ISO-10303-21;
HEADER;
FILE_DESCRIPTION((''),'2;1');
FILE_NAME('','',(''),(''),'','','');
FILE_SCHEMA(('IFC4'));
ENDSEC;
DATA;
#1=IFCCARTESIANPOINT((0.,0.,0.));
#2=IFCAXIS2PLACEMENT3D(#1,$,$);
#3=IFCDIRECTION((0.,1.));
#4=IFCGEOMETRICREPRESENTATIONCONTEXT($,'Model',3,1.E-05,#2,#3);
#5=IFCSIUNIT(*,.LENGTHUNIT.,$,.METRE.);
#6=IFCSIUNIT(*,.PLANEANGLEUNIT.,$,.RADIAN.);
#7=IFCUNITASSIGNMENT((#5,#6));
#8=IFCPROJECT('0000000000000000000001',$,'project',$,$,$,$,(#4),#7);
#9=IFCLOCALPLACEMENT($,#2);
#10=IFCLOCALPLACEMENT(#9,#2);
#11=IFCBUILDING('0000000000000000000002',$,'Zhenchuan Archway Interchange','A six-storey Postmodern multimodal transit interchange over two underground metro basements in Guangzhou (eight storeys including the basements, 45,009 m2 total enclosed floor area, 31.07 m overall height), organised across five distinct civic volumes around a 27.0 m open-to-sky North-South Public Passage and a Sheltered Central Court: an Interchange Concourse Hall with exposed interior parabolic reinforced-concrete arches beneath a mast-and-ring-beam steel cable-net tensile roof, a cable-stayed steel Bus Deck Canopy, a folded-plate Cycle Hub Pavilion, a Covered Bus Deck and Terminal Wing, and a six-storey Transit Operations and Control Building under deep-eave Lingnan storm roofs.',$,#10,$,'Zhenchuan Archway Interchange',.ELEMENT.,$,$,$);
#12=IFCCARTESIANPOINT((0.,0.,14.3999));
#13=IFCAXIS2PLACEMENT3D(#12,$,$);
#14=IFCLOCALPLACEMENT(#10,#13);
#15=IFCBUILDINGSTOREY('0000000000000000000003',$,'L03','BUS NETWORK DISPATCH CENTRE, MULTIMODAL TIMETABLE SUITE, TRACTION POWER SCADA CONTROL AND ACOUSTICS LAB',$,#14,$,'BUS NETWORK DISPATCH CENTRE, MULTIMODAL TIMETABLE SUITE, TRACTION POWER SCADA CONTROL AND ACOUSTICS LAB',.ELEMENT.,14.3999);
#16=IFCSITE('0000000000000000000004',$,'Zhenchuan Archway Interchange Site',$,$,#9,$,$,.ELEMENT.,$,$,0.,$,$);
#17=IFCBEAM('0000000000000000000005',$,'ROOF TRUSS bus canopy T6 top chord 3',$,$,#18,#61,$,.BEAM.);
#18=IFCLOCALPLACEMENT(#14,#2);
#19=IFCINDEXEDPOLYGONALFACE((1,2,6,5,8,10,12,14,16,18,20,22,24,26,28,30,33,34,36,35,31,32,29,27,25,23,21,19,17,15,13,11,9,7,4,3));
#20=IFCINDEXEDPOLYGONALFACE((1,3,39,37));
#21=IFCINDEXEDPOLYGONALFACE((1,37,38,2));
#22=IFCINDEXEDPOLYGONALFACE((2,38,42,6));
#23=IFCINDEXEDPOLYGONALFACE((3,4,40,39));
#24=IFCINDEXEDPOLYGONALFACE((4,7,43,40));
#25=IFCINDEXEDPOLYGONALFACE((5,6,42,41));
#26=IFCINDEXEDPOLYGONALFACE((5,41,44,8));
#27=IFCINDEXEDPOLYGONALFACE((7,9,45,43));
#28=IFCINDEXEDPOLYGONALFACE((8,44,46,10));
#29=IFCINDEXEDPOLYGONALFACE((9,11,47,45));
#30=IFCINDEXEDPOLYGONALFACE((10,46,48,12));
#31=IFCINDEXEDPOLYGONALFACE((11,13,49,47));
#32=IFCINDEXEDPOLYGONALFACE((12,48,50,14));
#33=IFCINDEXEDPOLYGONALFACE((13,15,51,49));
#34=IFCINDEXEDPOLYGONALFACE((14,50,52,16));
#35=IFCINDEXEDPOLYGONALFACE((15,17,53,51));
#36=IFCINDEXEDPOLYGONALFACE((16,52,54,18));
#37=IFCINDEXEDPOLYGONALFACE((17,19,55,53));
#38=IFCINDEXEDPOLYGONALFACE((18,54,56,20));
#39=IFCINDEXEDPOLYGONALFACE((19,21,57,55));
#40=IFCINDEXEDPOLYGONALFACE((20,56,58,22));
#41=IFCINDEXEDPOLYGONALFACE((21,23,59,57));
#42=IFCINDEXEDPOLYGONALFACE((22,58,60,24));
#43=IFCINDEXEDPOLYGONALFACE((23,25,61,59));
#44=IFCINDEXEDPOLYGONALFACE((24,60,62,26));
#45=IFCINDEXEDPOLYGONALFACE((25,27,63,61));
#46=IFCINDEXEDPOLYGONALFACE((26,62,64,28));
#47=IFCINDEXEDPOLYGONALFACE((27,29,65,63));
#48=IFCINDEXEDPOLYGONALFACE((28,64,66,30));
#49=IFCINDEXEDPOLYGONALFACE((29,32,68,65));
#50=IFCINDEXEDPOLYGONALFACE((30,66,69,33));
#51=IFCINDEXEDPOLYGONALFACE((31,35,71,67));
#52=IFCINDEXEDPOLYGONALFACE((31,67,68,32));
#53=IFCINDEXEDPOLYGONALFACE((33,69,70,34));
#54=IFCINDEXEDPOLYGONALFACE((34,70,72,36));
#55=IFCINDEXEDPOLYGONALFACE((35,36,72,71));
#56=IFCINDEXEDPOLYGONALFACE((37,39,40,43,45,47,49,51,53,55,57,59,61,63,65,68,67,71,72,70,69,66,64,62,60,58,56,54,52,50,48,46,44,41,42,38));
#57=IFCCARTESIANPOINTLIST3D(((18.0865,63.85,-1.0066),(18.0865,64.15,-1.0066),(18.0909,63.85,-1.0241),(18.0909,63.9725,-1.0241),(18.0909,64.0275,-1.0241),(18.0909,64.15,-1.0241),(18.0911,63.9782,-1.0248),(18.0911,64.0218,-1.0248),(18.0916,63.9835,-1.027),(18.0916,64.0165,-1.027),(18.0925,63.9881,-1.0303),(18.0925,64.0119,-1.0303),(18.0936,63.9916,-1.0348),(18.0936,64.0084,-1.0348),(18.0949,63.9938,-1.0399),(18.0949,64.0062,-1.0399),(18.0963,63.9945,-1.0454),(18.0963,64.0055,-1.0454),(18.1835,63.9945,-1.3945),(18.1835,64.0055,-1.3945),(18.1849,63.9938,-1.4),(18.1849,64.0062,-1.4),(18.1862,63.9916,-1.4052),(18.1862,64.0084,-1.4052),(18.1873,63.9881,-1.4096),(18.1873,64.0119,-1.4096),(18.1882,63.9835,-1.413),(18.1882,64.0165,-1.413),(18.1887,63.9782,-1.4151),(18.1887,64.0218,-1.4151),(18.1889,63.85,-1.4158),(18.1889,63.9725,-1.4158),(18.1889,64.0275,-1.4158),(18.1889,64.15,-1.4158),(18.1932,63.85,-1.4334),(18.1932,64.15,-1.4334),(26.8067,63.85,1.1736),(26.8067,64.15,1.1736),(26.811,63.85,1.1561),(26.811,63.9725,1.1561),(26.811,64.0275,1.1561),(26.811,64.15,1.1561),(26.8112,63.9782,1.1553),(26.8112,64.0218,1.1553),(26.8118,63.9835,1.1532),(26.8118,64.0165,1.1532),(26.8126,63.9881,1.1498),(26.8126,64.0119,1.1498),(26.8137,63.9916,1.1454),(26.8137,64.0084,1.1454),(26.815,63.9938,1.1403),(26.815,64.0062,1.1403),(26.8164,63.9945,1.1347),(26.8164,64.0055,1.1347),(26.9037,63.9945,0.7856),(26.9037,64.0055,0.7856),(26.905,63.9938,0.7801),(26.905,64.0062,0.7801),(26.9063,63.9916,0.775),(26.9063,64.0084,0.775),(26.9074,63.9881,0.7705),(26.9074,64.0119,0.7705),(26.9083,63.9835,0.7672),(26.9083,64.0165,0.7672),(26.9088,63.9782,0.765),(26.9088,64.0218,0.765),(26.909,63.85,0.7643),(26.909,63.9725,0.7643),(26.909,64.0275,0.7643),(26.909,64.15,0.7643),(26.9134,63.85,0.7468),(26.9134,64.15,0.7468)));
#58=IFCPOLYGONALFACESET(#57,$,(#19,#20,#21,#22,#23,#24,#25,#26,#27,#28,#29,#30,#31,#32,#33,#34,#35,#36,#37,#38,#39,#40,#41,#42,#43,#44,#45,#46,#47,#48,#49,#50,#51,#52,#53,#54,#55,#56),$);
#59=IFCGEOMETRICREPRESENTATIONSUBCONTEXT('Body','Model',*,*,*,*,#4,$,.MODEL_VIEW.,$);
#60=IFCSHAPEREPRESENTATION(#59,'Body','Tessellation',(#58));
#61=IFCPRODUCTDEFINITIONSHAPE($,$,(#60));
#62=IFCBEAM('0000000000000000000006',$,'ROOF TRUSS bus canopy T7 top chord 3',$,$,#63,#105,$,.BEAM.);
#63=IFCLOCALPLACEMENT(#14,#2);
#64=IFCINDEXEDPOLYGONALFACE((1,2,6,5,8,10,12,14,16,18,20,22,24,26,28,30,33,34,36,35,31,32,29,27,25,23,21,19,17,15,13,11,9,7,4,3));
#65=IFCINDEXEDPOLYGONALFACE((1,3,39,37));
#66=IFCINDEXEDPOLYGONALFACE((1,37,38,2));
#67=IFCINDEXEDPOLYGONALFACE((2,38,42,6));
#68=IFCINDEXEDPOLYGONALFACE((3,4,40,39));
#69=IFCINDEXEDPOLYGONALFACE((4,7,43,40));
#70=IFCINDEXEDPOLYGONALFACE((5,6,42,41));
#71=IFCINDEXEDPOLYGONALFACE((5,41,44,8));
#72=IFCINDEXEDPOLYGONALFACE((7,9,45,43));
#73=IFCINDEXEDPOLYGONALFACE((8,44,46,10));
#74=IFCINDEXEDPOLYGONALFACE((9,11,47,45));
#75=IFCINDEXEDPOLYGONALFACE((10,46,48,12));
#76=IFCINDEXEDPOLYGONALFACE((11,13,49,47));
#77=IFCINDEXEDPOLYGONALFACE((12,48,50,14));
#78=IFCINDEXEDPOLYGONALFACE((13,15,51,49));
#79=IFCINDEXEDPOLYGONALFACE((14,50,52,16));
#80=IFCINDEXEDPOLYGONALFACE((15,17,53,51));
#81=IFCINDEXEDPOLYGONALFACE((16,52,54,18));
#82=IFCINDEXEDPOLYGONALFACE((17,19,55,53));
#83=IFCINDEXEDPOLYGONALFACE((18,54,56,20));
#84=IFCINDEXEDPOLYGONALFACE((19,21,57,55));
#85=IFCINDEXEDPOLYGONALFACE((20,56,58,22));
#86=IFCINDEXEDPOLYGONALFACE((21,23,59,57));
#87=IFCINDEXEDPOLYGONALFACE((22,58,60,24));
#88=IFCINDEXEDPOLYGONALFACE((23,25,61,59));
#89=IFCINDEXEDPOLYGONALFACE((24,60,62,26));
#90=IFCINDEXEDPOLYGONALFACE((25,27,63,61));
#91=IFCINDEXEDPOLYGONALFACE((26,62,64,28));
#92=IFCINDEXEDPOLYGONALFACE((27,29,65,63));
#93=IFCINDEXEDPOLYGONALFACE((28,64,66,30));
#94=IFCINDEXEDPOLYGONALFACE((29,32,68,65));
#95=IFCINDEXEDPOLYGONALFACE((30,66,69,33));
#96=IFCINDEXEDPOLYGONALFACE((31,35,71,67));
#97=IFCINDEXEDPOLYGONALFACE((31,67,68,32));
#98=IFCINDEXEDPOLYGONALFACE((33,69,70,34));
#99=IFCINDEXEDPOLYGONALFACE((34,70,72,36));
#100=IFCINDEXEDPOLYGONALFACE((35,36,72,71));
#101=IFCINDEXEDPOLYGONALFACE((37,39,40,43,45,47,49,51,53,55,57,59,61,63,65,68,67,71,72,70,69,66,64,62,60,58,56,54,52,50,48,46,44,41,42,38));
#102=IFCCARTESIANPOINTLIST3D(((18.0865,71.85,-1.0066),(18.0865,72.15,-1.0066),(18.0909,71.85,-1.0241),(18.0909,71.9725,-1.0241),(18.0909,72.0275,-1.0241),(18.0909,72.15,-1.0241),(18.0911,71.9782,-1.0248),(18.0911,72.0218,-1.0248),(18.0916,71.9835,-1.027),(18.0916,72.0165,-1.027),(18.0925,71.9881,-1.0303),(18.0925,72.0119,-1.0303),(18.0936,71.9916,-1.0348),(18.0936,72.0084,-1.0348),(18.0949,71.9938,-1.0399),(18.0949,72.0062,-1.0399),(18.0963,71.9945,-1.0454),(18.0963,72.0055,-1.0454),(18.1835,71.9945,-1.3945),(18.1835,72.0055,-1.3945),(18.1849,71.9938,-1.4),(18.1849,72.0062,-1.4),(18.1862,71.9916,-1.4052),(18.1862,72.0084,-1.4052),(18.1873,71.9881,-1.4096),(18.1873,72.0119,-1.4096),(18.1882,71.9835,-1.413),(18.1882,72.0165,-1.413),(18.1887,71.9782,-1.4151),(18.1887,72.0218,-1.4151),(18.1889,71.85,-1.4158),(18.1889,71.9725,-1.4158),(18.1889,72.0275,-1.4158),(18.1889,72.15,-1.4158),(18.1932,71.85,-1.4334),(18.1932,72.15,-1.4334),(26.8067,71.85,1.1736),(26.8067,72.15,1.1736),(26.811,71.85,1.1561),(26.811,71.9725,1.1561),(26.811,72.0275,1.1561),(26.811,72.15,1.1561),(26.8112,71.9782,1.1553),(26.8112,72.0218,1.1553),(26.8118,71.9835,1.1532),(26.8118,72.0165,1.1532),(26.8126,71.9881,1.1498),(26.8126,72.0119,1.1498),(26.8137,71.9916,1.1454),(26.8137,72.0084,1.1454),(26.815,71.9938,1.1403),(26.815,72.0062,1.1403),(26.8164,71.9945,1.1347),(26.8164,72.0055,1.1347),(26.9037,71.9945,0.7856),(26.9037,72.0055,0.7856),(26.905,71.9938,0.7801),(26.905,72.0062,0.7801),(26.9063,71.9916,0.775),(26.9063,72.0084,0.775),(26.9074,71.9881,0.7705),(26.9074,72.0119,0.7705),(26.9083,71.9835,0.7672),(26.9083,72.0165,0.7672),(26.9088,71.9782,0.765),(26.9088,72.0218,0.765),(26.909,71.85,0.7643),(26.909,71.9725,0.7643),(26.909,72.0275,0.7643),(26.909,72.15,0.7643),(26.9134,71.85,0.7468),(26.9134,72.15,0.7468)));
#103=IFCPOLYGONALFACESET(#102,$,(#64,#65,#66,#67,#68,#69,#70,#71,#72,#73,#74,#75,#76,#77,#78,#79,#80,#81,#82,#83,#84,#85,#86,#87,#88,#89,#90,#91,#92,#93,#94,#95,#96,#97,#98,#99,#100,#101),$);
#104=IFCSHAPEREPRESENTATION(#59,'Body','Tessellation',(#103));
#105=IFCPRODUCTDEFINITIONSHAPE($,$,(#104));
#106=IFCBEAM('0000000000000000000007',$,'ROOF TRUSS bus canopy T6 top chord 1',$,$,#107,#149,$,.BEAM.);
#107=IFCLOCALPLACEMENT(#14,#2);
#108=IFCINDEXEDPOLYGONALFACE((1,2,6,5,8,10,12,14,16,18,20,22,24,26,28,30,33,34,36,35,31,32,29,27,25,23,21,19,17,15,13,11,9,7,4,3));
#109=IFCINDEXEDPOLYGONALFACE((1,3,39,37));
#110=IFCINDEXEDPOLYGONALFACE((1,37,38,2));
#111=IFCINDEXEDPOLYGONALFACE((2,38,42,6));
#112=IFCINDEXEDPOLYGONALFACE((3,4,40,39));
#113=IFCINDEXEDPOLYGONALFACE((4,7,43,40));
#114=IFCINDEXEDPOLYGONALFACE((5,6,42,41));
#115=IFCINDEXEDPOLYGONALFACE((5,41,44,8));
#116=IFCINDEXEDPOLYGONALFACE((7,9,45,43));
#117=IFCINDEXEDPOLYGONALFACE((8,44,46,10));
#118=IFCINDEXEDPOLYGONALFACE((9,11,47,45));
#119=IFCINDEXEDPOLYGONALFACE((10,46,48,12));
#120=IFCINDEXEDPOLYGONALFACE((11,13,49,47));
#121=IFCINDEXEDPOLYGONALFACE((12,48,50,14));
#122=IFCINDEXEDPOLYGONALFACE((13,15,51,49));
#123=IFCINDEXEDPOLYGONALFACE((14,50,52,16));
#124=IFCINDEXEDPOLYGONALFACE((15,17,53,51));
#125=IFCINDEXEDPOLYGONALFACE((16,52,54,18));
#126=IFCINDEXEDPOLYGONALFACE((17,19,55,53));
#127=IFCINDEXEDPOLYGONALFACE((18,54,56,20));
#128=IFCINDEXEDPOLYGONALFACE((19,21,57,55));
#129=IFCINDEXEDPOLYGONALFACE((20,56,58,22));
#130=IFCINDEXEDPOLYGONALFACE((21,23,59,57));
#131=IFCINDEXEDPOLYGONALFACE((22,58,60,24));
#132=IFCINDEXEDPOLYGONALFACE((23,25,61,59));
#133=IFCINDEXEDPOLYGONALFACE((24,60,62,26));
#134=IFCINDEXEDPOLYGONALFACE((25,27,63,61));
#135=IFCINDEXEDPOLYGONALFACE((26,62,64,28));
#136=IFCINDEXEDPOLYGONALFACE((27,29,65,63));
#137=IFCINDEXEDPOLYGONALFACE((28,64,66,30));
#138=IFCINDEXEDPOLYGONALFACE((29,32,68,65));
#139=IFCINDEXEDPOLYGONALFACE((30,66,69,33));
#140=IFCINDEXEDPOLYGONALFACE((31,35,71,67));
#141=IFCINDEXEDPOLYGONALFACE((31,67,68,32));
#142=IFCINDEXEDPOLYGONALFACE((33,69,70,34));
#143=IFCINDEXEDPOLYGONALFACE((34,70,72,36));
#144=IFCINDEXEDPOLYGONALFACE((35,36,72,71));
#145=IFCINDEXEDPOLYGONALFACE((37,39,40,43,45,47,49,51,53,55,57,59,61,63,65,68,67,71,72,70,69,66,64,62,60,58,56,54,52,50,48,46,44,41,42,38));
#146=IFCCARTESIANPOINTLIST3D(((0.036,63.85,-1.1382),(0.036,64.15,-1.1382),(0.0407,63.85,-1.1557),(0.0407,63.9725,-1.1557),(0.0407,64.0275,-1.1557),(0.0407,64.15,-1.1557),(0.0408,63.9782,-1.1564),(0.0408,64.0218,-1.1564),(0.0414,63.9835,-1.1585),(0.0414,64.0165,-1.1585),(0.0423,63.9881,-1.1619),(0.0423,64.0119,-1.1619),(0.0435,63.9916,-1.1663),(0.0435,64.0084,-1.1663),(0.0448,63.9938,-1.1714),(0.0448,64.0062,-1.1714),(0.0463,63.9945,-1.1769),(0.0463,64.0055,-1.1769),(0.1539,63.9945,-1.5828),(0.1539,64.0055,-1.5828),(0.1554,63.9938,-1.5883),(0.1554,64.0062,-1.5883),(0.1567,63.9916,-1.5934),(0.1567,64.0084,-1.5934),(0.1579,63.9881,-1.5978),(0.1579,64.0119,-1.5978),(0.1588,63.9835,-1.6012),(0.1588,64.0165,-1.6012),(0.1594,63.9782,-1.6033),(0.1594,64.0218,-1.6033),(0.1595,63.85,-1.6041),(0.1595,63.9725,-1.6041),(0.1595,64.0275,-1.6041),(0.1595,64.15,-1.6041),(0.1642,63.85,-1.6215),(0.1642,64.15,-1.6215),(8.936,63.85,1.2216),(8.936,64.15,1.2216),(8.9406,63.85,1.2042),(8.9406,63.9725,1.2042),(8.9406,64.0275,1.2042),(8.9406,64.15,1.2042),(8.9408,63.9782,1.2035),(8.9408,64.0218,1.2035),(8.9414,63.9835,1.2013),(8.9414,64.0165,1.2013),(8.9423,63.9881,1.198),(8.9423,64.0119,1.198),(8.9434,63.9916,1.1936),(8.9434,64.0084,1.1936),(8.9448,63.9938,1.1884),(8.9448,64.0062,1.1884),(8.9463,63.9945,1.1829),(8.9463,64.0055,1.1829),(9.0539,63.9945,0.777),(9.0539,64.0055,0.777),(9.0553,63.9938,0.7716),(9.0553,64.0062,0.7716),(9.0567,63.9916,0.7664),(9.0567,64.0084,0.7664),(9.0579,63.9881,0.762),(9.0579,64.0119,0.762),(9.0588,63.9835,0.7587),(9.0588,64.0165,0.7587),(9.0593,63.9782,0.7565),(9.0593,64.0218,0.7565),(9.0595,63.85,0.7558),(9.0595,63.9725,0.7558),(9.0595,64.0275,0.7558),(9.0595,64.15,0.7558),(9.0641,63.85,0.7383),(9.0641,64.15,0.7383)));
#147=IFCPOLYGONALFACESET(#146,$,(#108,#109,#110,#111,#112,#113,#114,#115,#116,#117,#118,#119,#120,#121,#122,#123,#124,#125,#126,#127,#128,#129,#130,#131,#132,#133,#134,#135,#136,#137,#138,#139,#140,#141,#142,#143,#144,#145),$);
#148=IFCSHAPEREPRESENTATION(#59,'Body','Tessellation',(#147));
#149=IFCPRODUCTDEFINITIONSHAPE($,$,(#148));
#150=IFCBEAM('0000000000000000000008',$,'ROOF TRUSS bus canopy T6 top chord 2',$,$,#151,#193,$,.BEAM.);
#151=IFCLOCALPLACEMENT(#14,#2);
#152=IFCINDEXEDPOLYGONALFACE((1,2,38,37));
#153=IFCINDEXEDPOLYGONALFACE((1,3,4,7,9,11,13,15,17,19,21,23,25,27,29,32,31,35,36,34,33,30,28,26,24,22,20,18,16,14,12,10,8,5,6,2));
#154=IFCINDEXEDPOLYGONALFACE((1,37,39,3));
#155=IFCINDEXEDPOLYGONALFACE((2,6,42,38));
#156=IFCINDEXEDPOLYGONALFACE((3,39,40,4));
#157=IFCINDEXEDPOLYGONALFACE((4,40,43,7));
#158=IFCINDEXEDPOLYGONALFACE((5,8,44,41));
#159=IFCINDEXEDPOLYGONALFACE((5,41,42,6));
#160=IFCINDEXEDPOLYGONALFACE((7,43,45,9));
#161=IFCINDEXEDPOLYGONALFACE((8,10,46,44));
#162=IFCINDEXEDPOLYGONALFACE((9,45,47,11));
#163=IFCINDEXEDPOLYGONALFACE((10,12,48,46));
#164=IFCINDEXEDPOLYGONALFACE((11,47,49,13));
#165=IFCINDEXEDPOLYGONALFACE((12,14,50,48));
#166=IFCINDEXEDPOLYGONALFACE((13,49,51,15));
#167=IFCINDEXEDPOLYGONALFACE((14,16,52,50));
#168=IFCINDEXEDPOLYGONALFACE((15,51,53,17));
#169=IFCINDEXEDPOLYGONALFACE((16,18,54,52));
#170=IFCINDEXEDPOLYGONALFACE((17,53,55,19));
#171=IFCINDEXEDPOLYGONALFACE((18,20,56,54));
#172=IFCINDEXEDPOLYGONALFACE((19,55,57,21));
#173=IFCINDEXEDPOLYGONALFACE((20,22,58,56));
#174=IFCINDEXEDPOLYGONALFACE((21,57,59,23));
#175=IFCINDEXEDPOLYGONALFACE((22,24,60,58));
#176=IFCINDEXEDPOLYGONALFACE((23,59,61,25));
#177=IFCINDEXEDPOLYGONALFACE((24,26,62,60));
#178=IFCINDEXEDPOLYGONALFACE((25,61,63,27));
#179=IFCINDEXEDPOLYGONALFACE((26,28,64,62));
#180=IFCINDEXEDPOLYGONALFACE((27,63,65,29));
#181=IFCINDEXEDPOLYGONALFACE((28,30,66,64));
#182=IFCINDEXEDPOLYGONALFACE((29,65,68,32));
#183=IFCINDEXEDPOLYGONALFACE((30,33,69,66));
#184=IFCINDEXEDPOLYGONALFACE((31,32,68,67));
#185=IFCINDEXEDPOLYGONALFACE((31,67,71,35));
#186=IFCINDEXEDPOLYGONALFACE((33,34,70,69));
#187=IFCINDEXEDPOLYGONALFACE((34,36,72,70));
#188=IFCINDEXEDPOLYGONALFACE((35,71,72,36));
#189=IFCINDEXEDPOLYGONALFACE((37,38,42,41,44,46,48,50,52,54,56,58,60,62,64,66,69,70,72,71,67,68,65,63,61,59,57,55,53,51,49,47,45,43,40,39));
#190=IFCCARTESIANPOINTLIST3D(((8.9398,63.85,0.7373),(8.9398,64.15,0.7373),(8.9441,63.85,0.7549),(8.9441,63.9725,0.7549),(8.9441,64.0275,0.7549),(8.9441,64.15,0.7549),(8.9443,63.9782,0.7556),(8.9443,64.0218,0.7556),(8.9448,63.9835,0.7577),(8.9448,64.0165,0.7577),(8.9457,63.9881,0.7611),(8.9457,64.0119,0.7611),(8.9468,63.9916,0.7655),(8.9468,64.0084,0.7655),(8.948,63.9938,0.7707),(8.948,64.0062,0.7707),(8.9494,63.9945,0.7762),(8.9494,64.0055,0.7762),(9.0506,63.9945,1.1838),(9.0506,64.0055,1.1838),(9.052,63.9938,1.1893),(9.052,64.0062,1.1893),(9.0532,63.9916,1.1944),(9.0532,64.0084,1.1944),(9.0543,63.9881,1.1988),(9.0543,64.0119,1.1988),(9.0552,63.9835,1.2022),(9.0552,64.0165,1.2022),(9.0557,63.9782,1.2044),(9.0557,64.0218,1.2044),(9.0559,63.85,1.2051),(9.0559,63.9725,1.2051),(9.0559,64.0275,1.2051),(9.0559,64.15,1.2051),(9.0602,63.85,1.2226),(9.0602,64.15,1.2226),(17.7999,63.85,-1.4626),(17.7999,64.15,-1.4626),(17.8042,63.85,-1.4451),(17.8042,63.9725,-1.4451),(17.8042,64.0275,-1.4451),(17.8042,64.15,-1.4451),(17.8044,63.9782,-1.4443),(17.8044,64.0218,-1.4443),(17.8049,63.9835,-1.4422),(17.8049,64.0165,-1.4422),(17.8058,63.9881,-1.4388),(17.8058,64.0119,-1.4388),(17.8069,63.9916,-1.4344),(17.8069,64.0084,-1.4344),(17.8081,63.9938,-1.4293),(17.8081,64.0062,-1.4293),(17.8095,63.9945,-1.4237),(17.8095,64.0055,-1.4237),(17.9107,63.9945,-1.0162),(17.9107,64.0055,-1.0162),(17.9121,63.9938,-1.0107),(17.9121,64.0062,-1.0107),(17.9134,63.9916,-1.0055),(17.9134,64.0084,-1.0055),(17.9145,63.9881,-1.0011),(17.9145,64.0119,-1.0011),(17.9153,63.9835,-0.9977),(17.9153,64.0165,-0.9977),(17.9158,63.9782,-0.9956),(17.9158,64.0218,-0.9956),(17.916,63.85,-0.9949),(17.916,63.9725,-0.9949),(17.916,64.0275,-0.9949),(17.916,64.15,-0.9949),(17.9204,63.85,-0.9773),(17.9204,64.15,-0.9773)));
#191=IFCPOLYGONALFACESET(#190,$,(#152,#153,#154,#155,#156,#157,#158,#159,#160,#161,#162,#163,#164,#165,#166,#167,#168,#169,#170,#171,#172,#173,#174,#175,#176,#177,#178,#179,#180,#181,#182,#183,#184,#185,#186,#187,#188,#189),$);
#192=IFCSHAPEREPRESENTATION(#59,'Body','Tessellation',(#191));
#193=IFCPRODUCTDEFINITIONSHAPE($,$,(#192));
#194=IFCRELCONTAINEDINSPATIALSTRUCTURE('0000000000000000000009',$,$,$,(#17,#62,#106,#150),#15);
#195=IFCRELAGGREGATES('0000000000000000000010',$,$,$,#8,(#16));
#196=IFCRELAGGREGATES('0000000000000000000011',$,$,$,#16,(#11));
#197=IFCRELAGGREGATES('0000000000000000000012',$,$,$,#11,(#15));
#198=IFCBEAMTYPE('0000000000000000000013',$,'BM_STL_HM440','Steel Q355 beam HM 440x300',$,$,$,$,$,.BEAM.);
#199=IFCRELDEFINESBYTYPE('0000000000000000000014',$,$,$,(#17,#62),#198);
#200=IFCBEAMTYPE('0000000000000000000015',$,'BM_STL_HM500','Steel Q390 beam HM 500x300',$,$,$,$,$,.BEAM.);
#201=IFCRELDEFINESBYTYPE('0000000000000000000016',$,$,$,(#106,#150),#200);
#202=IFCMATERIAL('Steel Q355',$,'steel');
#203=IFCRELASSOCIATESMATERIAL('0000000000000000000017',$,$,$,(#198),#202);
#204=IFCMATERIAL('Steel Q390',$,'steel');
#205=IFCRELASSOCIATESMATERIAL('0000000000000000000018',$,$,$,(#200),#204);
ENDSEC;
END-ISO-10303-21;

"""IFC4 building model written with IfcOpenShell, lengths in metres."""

from ifc_helpers import new_model, si_unit, direction, frame, origin, origin_2d, place, context, subcontext, project, spatial, i_section, extrude, material, material_profile, profile_set, type_object, element, save


model = new_model("IFC4")

# Units and contexts
model_context = context("Model", 3, precision=1e-05, world=origin(), true_north=direction((0.0, 1.0)))
body_context = subcontext(model_context, "Body", "Model", "MODEL_VIEW")
ifc_project = project(units=[si_unit("LENGTHUNIT", "METRE"), si_unit("PLANEANGLEUNIT", "RADIAN")], contexts=[model_context])

# Site, building, storey
site_placement = place(None, origin())
site = spatial("IfcSite", under=ifc_project, at=site_placement, Name="Zhenchuan Archway Interchange Site", CompositionType="ELEMENT", RefElevation=0.0)
building_placement = place(site_placement, origin())
building = spatial("IfcBuilding", under=site, at=building_placement, Name="Zhenchuan Archway Interchange", Description="A six-storey Postmodern multimodal transit interchange over two underground metro basements in Guangzhou (eight storeys including the basements, 45,009 m2 total enclosed floor area, 31.07 m overall height), organised across five distinct civic volumes around a 27.0 m open-to-sky North-South Public Passage and a Sheltered Central Court: an Interchange Concourse Hall with exposed interior parabolic reinforced-concrete arches beneath a mast-and-ring-beam steel cable-net tensile roof, a cable-stayed steel Bus Deck Canopy, a folded-plate Cycle Hub Pavilion, a Covered Bus Deck and Terminal Wing, and a six-storey Transit Operations and Control Building under deep-eave Lingnan storm roofs.", LongName="Zhenchuan Archway Interchange", CompositionType="ELEMENT")
storey_placement = place(building_placement, frame((0.0, 0.0, 14.3999)))
storey = spatial("IfcBuildingStorey", under=building, at=storey_placement, Name="L03", Description="BUS NETWORK DISPATCH CENTRE, MULTIMODAL TIMETABLE SUITE, TRACTION POWER SCADA CONTROL AND ACOUSTICS LAB", LongName="BUS NETWORK DISPATCH CENTRE, MULTIMODAL TIMETABLE SUITE, TRACTION POWER SCADA CONTROL AND ACOUSTICS LAB", CompositionType="ELEMENT", Elevation=14.3999)

# Shared definitions
ifc_material_1 = material(Name="Steel Q390", Category="steel")

# Beams
ifc_material_2 = material(Name="Steel Q355", Category="steel")
ifc_material_profile_1 = material_profile(ifc_material_2, i_section(OverallWidth=0.3, OverallDepth=0.4399, WebThickness=0.011, FlangeThickness=0.0181, FilletRadius=0.022, at=origin_2d()), Name="HM 440x300")
ifc_profile_set_1 = profile_set([ifc_material_profile_1], Name="Steel Q355")
beam_type_1 = type_object("IfcBeamType", Name="BM_STL_HM440", Description="Steel Q355 beam HM 440x300", PredefinedType="BEAM", material=ifc_profile_set_1)
for number, where, z_axis, x_axis, name in (
    (1, (18.1399, 64.0, -1.22), (0.970139, 0.0, 0.242548), (0.0, 1.0, 0.0), "ROOF TRUSS bus canopy T6 top chord 3"),
    (2, (18.1399, 72.0, -1.22), (0.970139, 0.0, 0.242548), (0.0, 1.0, 0.0), "ROOF TRUSS bus canopy T7 top chord 3"),
):
    element("IfcBeam", number, at=place(storey_placement, frame(where, z_axis=z_axis, x_axis=x_axis)), inside=storey, type_object=beam_type_1, Name=name, PredefinedType="BEAM", context=body_context, shape_type="SweptSolid", body=[
        extrude(i_section(OverallWidth=0.3, OverallDepth=0.4399, WebThickness=0.011, FlangeThickness=0.0181, FilletRadius=0.022, at=origin_2d()), origin(), (0.0, 0.0, 1.0), 8.9885),
    ])
ifc_material_profile_2 = material_profile(ifc_material_1, i_section(OverallWidth=0.3, OverallDepth=0.5, WebThickness=0.011, FlangeThickness=0.0181, FilletRadius=0.022, at=origin_2d()), Name="HM 500x300")
ifc_profile_set_2 = profile_set([ifc_material_profile_2], Name="Steel Q390")
beam_type_2 = type_object("IfcBeamType", Name="BM_STL_HM500", Description="Steel Q390 beam HM 500x300", PredefinedType="BEAM", material=ifc_profile_set_2)
beam_1_placement = place(storey_placement, frame((0.1001, 64.0, -1.3799), z_axis=(0.966597, 0.0, 0.256299), x_axis=(0.0, 1.0, 0.0)))
element("IfcBeam", 3, at=beam_1_placement, inside=storey, type_object=beam_type_2, Name="ROOF TRUSS bus canopy T6 top chord 1", PredefinedType="BEAM", context=body_context, shape_type="SweptSolid", body=[
    extrude(i_section(OverallWidth=0.3, OverallDepth=0.5, WebThickness=0.011, FlangeThickness=0.0181, FilletRadius=0.022, at=origin_2d()), origin(), (0.0, 0.0, 1.0), 9.2075),
])
beam_2_placement = place(storey_placement, frame((9.0, 64.0, 0.98), z_axis=(0.97053, 0.0, -0.240981), x_axis=(0.0, 1.0, 0.0)))
element("IfcBeam", 4, at=beam_2_placement, inside=storey, type_object=beam_type_2, Name="ROOF TRUSS bus canopy T6 top chord 2", PredefinedType="BEAM", context=body_context, shape_type="SweptSolid", body=[
    extrude(i_section(OverallWidth=0.3, OverallDepth=0.5, WebThickness=0.011, FlangeThickness=0.0181, FilletRadius=0.022, at=origin_2d()), origin(), (0.0, 0.0, 1.0), 9.1292),
])

save(model, "model.ifc")
